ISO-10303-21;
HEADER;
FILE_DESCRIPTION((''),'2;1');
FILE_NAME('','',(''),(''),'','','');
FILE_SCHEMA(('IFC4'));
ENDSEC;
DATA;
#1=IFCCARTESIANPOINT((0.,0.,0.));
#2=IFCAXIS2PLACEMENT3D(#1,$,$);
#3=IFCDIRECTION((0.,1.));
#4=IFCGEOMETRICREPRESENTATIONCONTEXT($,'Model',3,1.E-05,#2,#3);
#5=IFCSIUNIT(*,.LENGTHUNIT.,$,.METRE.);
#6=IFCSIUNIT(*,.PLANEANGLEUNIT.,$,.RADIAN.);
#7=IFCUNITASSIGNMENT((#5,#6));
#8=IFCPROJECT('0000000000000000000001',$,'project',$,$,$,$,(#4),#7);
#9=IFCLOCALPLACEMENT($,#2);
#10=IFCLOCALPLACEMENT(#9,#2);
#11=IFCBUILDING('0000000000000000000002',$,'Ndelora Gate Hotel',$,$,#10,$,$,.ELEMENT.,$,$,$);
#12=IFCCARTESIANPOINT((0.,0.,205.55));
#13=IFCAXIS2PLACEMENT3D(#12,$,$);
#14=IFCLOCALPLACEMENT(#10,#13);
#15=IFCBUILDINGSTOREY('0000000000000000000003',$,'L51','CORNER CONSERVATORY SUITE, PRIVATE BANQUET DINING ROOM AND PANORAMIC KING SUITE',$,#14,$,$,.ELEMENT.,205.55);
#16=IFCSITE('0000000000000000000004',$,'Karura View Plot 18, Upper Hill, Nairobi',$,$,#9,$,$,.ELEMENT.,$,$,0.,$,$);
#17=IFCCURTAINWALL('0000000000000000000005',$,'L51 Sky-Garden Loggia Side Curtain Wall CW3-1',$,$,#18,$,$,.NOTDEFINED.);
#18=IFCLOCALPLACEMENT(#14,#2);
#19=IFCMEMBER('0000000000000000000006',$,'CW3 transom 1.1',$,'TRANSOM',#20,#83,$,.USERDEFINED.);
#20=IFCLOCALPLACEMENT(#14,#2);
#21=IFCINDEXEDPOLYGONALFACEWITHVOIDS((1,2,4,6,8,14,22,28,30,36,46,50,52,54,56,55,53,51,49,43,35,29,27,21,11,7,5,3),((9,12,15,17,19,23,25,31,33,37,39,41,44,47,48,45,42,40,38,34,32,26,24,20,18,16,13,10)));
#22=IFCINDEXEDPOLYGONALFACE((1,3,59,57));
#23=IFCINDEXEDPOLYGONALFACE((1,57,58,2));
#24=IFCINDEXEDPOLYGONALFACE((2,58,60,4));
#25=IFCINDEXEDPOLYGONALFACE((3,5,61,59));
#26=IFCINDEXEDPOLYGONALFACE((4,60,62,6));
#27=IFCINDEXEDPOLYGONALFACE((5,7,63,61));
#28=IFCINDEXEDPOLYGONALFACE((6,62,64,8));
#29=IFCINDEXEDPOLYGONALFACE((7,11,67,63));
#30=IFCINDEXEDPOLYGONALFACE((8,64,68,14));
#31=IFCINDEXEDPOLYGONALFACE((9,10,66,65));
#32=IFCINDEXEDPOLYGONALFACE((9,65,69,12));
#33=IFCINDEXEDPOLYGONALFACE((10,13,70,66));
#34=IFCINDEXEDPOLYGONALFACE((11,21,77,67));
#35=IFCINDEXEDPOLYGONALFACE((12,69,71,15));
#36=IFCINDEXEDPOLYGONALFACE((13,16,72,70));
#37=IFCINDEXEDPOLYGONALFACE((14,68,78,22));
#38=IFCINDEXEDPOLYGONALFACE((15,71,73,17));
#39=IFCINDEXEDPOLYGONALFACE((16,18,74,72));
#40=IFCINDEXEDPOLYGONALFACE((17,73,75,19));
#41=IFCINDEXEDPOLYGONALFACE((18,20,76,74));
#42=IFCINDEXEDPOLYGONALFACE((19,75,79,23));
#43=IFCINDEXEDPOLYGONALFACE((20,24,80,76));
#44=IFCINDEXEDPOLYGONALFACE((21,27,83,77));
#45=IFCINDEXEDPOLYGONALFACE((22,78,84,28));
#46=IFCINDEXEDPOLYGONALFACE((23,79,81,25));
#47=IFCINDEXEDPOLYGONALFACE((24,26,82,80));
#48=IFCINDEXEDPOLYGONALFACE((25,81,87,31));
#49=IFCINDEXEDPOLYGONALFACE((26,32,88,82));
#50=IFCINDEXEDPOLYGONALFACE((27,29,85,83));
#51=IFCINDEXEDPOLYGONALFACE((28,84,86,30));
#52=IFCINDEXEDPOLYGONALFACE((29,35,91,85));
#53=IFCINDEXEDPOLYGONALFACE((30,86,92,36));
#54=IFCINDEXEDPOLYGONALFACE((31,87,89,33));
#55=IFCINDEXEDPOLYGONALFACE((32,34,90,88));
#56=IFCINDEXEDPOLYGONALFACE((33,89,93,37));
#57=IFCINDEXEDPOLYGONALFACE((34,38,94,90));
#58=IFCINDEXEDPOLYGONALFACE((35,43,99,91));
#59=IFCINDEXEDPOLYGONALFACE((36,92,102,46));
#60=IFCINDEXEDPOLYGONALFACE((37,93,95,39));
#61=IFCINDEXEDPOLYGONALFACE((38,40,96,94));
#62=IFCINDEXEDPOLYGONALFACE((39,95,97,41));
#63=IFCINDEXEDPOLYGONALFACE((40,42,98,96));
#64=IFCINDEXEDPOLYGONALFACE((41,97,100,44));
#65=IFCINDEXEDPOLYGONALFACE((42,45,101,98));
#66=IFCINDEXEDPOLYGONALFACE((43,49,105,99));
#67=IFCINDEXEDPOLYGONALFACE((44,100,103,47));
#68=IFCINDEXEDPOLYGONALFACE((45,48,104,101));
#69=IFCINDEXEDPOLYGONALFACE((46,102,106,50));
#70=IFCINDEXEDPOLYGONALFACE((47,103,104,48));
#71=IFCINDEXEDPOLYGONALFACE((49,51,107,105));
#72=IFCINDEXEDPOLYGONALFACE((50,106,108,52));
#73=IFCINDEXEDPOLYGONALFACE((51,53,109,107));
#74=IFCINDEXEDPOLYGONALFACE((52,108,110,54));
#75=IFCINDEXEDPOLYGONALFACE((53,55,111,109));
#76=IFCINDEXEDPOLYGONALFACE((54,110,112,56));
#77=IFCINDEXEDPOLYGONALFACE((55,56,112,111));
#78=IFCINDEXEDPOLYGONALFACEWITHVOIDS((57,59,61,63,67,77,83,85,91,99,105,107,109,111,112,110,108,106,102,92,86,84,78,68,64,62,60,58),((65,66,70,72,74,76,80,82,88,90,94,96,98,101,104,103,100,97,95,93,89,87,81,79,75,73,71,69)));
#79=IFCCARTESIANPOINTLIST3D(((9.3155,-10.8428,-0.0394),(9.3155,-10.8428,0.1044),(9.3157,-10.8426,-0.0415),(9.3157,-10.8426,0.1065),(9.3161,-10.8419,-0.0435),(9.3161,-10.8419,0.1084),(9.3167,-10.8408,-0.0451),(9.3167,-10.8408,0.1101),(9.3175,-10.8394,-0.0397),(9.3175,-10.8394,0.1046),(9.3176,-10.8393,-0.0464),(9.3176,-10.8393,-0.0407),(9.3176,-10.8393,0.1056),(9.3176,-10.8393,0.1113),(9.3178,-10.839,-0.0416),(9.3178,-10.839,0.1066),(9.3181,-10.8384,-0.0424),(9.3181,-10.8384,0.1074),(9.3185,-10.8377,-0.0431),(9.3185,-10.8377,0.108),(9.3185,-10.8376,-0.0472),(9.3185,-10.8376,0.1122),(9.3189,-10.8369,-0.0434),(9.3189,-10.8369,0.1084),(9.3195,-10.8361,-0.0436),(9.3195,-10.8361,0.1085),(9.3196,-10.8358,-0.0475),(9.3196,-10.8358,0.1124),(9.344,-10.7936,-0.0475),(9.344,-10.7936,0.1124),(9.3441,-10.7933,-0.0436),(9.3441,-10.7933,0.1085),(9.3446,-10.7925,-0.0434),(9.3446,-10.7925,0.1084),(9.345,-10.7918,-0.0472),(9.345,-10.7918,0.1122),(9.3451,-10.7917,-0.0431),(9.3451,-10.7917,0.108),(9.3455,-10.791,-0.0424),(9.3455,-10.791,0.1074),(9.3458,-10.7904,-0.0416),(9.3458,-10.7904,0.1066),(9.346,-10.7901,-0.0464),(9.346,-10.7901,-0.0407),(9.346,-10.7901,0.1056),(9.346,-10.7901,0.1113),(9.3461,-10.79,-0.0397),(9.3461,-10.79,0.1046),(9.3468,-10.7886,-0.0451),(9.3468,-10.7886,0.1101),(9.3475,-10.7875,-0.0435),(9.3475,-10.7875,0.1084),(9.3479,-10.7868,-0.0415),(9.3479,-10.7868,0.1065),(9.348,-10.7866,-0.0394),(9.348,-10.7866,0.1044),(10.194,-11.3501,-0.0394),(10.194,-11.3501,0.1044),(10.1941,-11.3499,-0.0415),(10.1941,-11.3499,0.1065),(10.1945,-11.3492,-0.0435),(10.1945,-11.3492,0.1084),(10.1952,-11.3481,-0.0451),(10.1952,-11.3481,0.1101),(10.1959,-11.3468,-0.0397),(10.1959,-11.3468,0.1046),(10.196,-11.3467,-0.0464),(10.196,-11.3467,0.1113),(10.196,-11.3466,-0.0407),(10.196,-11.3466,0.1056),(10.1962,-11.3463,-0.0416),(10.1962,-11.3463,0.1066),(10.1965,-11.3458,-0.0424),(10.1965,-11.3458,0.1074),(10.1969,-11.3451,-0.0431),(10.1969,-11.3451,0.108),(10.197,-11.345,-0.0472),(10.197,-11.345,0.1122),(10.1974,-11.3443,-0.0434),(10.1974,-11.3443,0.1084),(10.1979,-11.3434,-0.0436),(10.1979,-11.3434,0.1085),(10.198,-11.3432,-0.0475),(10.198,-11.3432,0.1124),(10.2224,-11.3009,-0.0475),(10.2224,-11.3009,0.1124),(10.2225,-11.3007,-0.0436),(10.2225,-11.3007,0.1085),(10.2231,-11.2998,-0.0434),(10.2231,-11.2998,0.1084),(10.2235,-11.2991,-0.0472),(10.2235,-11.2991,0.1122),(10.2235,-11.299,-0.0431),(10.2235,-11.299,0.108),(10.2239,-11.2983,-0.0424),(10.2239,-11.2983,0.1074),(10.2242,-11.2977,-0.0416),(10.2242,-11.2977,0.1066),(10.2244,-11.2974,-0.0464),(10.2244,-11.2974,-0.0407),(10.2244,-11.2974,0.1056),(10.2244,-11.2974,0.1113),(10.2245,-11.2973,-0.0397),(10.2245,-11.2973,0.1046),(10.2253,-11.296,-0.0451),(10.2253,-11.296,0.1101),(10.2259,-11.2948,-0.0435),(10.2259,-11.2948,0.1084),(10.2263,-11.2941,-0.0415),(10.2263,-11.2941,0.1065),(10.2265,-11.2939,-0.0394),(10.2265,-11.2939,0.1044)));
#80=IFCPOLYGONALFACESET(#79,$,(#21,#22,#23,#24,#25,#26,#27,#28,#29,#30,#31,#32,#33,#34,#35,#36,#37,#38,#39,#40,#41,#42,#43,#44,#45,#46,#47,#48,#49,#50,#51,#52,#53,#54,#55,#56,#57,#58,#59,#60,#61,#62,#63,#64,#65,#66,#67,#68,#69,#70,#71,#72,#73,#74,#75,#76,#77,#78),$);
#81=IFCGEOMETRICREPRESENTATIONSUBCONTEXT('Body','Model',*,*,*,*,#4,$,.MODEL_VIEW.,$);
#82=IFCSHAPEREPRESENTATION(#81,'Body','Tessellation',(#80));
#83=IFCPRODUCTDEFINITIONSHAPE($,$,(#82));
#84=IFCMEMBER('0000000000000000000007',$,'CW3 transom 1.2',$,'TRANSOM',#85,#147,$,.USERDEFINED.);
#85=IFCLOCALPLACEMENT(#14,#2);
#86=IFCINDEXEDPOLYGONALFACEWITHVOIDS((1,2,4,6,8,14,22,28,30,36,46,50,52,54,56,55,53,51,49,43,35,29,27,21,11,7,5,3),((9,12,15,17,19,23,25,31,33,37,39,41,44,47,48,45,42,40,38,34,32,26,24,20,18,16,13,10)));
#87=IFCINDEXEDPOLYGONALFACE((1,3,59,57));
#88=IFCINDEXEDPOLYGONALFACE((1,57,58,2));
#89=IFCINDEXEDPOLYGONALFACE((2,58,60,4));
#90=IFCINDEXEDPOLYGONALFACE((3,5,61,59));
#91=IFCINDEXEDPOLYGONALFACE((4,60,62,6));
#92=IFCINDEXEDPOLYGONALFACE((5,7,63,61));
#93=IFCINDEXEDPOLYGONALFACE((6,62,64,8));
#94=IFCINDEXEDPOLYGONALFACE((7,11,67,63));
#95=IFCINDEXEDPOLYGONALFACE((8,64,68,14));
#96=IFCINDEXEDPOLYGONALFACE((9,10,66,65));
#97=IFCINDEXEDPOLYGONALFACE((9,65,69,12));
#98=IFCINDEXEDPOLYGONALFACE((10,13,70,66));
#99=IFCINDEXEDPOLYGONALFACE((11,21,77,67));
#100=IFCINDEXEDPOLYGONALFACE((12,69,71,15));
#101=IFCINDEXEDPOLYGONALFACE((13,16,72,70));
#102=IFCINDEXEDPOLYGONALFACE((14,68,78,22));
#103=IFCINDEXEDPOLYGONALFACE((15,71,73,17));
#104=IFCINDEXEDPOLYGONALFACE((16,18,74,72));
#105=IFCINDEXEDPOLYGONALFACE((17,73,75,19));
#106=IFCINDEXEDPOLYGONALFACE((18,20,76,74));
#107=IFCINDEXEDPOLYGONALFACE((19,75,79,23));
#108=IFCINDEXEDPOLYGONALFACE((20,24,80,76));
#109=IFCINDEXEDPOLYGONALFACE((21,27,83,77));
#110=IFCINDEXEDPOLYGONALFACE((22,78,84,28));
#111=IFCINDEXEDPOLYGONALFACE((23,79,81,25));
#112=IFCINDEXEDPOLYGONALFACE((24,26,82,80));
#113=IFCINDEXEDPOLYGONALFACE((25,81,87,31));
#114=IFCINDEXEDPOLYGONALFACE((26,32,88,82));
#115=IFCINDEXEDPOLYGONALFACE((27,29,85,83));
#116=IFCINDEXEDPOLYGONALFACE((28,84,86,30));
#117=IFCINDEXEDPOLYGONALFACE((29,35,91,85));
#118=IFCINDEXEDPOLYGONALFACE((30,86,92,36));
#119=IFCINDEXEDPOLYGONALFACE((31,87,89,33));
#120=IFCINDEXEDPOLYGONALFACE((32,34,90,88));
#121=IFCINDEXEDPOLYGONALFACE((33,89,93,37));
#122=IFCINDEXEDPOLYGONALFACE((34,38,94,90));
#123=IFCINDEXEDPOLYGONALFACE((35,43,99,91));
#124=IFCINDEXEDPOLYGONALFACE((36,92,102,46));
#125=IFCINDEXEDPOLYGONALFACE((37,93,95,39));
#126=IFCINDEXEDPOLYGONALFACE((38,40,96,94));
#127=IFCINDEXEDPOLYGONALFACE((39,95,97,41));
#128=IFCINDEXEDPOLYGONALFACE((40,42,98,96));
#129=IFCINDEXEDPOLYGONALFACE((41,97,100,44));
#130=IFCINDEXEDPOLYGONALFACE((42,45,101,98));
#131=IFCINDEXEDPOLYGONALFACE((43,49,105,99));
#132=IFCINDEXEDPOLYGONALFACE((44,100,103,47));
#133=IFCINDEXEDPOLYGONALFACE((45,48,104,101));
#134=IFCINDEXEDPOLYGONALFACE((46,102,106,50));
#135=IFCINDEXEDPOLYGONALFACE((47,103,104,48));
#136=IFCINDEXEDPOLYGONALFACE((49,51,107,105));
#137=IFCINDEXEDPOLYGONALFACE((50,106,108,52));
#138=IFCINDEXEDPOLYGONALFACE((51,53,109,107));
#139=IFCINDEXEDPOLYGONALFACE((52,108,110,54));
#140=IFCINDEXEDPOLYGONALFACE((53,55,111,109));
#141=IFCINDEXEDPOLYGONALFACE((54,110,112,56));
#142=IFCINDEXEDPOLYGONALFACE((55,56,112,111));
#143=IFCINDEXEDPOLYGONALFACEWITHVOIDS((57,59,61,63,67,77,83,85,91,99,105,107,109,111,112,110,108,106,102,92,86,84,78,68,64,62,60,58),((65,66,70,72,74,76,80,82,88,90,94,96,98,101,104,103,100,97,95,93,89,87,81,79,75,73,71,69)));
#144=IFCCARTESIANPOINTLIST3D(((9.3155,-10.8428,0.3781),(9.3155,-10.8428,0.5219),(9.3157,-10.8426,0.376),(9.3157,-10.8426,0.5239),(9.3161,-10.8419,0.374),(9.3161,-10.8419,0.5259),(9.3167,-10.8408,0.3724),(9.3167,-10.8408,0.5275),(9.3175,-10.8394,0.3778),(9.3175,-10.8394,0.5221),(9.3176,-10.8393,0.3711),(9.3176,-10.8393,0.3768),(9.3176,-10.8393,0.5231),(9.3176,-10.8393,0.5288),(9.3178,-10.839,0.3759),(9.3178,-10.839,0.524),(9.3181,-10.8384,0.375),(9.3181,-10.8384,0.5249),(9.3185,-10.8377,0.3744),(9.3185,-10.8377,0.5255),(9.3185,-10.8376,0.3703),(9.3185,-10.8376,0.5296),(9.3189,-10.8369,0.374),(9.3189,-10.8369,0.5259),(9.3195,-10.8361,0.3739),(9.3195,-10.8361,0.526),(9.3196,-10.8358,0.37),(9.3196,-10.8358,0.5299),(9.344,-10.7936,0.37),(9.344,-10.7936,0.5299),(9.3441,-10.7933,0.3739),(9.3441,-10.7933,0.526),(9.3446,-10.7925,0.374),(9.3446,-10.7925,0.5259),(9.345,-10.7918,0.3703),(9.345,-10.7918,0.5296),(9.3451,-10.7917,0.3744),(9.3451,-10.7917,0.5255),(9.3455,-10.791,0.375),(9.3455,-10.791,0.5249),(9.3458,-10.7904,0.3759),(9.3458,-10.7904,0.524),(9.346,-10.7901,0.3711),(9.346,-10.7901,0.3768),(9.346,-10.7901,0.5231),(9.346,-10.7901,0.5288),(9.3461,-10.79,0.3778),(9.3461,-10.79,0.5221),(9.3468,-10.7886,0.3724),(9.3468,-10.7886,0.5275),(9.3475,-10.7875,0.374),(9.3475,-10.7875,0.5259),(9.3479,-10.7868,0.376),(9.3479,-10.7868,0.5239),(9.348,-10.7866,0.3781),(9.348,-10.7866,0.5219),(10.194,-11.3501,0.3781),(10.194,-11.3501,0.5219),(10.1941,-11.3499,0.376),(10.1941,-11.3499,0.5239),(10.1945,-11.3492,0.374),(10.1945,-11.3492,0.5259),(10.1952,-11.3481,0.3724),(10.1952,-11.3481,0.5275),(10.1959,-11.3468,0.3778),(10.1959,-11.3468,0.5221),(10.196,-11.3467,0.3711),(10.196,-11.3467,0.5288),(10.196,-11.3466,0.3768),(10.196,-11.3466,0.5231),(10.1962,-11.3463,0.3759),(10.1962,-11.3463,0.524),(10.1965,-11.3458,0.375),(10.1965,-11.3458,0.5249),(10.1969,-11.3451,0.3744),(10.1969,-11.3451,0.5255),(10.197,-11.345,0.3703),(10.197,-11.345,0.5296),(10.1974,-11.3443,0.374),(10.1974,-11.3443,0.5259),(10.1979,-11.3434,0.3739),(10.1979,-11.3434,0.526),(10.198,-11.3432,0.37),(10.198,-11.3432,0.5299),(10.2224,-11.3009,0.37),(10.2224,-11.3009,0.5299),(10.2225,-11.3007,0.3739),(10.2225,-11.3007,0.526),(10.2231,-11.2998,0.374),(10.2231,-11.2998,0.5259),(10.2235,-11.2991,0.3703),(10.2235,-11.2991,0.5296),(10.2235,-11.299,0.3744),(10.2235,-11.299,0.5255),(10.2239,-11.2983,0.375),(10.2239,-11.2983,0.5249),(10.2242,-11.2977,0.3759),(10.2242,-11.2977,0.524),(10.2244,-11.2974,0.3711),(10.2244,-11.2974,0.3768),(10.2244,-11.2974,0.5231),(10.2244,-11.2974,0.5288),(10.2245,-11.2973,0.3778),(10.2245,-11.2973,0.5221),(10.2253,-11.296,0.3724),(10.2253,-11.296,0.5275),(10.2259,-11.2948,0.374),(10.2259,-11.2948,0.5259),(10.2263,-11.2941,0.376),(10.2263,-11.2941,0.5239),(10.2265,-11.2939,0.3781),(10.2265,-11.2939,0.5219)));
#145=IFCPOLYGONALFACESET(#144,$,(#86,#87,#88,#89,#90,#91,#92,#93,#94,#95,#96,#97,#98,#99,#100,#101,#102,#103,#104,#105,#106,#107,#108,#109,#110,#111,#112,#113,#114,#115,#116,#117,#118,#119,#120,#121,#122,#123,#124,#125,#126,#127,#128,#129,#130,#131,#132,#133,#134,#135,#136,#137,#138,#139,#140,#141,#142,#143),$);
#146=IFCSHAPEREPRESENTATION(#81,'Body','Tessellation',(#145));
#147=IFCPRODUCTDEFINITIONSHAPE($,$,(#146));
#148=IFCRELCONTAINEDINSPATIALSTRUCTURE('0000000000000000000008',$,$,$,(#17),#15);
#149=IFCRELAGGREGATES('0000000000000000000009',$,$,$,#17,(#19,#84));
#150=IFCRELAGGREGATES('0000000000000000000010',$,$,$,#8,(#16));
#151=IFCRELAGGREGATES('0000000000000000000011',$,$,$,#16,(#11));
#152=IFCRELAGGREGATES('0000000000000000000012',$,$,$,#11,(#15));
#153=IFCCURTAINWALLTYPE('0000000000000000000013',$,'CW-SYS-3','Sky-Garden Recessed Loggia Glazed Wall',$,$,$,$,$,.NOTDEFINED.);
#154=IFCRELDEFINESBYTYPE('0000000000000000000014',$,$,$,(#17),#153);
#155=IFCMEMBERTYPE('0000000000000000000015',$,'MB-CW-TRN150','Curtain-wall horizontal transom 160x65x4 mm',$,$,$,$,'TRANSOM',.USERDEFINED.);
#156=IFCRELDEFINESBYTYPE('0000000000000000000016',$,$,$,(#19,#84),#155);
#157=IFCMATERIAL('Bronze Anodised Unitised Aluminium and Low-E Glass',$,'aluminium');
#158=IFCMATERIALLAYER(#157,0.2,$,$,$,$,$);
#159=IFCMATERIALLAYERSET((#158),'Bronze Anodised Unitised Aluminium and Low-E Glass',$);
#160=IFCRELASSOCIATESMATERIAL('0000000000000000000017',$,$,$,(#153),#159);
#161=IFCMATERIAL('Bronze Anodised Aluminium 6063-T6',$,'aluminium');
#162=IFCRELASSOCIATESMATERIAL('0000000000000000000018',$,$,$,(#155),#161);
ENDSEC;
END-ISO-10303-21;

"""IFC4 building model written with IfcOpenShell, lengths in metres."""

from ifc_helpers import new_model, si_unit, direction, frame, origin, origin_2d, place, context, subcontext, project, spatial, hollow_rectangle, extrude, material, layer, layer_set, material_profile, profile_set, type_object, element, aggregate, save


model = new_model("IFC4")

# Units and contexts
model_context = context("Model", 3, precision=1e-05, world=origin(), true_north=direction((0.0, 1.0)))
body_context = subcontext(model_context, "Body", "Model", "MODEL_VIEW")
ifc_project = project(units=[si_unit("LENGTHUNIT", "METRE"), si_unit("PLANEANGLEUNIT", "RADIAN")], contexts=[model_context])

# Site, building, storey
site_placement = place(None, origin())
site = spatial("IfcSite", under=ifc_project, at=site_placement, Name="Karura View Plot 18, Upper Hill, Nairobi", CompositionType="ELEMENT", RefElevation=0.0)
building_placement = place(site_placement, origin())
building = spatial("IfcBuilding", under=site, at=building_placement, Name="Ndelora Gate Hotel", CompositionType="ELEMENT")
storey_placement = place(building_placement, frame((0.0, 0.0, 205.55)))
storey = spatial("IfcBuildingStorey", under=building, at=storey_placement, Name="L51", Description="CORNER CONSERVATORY SUITE, PRIVATE BANQUET DINING ROOM AND PANORAMIC KING SUITE", CompositionType="ELEMENT", Elevation=205.55)

# Curtain wall, members
ifc_material_1 = material(Name="Bronze Anodised Unitised Aluminium and Low-E Glass", Category="aluminium")
ifc_layer_1 = layer(ifc_material_1, 0.2)
ifc_layer_set_1 = layer_set([ifc_layer_1], Name="Bronze Anodised Unitised Aluminium and Low-E Glass")
curtain_wall_type = type_object("IfcCurtainWallType", Name="CW-SYS-3", Description="Sky-Garden Recessed Loggia Glazed Wall", PredefinedType="NOTDEFINED", material=ifc_layer_set_1)
curtain_wall_placement = place(storey_placement, origin())
curtain_wall = element("IfcCurtainWall", 1, at=curtain_wall_placement, inside=storey, type_object=curtain_wall_type, Name="L51 Sky-Garden Loggia Side Curtain Wall CW3-1", PredefinedType="NOTDEFINED")
ifc_material_2 = material(Name="Bronze Anodised Aluminium 6063-T6", Category="aluminium")
ifc_material_profile_1 = material_profile(ifc_material_2, hollow_rectangle(XDim=0.0649, YDim=0.1599, WallThickness=0.0039, InnerFilletRadius=0.0039, OuterFilletRadius=0.0081, at=origin_2d()), Name="ALU 160x65x4")
ifc_profile_set_1 = profile_set([ifc_material_profile_1], Name="Bronze Anodised Aluminium 6063-T6")
member_type_1 = type_object("IfcMemberType", Name="MB-CW-TRN150", Description="Curtain-wall horizontal transom 160x65x4 mm", ElementType="TRANSOM", PredefinedType="USERDEFINED", material=ifc_profile_set_1)
member_1_placement = place(storey_placement, frame((9.3318, -10.8147, 0.0325), z_axis=(0.865953, -0.500125, 0.0), x_axis=(0.500125, 0.865953, 0.0)))
member_1 = element("IfcMember", 2, at=member_1_placement, type_object=member_type_1, Name="CW3 transom 1.1", ObjectType="TRANSOM", PredefinedType="USERDEFINED", context=body_context, shape_type="SweptSolid", body=[
    extrude(hollow_rectangle(XDim=0.0649, YDim=0.1599, WallThickness=0.0039, InnerFilletRadius=0.0039, OuterFilletRadius=0.0081, at=origin_2d()), origin(), (0.0, 0.0, 1.0), 1.0144),
])
member_2_placement = place(storey_placement, frame((9.3318, -10.8147, 0.45), z_axis=(0.865953, -0.500125, 0.0), x_axis=(0.500125, 0.865953, 0.0)))
member_2 = element("IfcMember", 3, at=member_2_placement, type_object=member_type_1, Name="CW3 transom 1.2", ObjectType="TRANSOM", PredefinedType="USERDEFINED", context=body_context, shape_type="SweptSolid", body=[
    extrude(hollow_rectangle(XDim=0.0649, YDim=0.1599, WallThickness=0.0039, InnerFilletRadius=0.0039, OuterFilletRadius=0.0081, at=origin_2d()), origin(), (0.0, 0.0, 1.0), 1.0144),
])
aggregate(curtain_wall, [member_1, member_2])

save(model, "model.ifc")
